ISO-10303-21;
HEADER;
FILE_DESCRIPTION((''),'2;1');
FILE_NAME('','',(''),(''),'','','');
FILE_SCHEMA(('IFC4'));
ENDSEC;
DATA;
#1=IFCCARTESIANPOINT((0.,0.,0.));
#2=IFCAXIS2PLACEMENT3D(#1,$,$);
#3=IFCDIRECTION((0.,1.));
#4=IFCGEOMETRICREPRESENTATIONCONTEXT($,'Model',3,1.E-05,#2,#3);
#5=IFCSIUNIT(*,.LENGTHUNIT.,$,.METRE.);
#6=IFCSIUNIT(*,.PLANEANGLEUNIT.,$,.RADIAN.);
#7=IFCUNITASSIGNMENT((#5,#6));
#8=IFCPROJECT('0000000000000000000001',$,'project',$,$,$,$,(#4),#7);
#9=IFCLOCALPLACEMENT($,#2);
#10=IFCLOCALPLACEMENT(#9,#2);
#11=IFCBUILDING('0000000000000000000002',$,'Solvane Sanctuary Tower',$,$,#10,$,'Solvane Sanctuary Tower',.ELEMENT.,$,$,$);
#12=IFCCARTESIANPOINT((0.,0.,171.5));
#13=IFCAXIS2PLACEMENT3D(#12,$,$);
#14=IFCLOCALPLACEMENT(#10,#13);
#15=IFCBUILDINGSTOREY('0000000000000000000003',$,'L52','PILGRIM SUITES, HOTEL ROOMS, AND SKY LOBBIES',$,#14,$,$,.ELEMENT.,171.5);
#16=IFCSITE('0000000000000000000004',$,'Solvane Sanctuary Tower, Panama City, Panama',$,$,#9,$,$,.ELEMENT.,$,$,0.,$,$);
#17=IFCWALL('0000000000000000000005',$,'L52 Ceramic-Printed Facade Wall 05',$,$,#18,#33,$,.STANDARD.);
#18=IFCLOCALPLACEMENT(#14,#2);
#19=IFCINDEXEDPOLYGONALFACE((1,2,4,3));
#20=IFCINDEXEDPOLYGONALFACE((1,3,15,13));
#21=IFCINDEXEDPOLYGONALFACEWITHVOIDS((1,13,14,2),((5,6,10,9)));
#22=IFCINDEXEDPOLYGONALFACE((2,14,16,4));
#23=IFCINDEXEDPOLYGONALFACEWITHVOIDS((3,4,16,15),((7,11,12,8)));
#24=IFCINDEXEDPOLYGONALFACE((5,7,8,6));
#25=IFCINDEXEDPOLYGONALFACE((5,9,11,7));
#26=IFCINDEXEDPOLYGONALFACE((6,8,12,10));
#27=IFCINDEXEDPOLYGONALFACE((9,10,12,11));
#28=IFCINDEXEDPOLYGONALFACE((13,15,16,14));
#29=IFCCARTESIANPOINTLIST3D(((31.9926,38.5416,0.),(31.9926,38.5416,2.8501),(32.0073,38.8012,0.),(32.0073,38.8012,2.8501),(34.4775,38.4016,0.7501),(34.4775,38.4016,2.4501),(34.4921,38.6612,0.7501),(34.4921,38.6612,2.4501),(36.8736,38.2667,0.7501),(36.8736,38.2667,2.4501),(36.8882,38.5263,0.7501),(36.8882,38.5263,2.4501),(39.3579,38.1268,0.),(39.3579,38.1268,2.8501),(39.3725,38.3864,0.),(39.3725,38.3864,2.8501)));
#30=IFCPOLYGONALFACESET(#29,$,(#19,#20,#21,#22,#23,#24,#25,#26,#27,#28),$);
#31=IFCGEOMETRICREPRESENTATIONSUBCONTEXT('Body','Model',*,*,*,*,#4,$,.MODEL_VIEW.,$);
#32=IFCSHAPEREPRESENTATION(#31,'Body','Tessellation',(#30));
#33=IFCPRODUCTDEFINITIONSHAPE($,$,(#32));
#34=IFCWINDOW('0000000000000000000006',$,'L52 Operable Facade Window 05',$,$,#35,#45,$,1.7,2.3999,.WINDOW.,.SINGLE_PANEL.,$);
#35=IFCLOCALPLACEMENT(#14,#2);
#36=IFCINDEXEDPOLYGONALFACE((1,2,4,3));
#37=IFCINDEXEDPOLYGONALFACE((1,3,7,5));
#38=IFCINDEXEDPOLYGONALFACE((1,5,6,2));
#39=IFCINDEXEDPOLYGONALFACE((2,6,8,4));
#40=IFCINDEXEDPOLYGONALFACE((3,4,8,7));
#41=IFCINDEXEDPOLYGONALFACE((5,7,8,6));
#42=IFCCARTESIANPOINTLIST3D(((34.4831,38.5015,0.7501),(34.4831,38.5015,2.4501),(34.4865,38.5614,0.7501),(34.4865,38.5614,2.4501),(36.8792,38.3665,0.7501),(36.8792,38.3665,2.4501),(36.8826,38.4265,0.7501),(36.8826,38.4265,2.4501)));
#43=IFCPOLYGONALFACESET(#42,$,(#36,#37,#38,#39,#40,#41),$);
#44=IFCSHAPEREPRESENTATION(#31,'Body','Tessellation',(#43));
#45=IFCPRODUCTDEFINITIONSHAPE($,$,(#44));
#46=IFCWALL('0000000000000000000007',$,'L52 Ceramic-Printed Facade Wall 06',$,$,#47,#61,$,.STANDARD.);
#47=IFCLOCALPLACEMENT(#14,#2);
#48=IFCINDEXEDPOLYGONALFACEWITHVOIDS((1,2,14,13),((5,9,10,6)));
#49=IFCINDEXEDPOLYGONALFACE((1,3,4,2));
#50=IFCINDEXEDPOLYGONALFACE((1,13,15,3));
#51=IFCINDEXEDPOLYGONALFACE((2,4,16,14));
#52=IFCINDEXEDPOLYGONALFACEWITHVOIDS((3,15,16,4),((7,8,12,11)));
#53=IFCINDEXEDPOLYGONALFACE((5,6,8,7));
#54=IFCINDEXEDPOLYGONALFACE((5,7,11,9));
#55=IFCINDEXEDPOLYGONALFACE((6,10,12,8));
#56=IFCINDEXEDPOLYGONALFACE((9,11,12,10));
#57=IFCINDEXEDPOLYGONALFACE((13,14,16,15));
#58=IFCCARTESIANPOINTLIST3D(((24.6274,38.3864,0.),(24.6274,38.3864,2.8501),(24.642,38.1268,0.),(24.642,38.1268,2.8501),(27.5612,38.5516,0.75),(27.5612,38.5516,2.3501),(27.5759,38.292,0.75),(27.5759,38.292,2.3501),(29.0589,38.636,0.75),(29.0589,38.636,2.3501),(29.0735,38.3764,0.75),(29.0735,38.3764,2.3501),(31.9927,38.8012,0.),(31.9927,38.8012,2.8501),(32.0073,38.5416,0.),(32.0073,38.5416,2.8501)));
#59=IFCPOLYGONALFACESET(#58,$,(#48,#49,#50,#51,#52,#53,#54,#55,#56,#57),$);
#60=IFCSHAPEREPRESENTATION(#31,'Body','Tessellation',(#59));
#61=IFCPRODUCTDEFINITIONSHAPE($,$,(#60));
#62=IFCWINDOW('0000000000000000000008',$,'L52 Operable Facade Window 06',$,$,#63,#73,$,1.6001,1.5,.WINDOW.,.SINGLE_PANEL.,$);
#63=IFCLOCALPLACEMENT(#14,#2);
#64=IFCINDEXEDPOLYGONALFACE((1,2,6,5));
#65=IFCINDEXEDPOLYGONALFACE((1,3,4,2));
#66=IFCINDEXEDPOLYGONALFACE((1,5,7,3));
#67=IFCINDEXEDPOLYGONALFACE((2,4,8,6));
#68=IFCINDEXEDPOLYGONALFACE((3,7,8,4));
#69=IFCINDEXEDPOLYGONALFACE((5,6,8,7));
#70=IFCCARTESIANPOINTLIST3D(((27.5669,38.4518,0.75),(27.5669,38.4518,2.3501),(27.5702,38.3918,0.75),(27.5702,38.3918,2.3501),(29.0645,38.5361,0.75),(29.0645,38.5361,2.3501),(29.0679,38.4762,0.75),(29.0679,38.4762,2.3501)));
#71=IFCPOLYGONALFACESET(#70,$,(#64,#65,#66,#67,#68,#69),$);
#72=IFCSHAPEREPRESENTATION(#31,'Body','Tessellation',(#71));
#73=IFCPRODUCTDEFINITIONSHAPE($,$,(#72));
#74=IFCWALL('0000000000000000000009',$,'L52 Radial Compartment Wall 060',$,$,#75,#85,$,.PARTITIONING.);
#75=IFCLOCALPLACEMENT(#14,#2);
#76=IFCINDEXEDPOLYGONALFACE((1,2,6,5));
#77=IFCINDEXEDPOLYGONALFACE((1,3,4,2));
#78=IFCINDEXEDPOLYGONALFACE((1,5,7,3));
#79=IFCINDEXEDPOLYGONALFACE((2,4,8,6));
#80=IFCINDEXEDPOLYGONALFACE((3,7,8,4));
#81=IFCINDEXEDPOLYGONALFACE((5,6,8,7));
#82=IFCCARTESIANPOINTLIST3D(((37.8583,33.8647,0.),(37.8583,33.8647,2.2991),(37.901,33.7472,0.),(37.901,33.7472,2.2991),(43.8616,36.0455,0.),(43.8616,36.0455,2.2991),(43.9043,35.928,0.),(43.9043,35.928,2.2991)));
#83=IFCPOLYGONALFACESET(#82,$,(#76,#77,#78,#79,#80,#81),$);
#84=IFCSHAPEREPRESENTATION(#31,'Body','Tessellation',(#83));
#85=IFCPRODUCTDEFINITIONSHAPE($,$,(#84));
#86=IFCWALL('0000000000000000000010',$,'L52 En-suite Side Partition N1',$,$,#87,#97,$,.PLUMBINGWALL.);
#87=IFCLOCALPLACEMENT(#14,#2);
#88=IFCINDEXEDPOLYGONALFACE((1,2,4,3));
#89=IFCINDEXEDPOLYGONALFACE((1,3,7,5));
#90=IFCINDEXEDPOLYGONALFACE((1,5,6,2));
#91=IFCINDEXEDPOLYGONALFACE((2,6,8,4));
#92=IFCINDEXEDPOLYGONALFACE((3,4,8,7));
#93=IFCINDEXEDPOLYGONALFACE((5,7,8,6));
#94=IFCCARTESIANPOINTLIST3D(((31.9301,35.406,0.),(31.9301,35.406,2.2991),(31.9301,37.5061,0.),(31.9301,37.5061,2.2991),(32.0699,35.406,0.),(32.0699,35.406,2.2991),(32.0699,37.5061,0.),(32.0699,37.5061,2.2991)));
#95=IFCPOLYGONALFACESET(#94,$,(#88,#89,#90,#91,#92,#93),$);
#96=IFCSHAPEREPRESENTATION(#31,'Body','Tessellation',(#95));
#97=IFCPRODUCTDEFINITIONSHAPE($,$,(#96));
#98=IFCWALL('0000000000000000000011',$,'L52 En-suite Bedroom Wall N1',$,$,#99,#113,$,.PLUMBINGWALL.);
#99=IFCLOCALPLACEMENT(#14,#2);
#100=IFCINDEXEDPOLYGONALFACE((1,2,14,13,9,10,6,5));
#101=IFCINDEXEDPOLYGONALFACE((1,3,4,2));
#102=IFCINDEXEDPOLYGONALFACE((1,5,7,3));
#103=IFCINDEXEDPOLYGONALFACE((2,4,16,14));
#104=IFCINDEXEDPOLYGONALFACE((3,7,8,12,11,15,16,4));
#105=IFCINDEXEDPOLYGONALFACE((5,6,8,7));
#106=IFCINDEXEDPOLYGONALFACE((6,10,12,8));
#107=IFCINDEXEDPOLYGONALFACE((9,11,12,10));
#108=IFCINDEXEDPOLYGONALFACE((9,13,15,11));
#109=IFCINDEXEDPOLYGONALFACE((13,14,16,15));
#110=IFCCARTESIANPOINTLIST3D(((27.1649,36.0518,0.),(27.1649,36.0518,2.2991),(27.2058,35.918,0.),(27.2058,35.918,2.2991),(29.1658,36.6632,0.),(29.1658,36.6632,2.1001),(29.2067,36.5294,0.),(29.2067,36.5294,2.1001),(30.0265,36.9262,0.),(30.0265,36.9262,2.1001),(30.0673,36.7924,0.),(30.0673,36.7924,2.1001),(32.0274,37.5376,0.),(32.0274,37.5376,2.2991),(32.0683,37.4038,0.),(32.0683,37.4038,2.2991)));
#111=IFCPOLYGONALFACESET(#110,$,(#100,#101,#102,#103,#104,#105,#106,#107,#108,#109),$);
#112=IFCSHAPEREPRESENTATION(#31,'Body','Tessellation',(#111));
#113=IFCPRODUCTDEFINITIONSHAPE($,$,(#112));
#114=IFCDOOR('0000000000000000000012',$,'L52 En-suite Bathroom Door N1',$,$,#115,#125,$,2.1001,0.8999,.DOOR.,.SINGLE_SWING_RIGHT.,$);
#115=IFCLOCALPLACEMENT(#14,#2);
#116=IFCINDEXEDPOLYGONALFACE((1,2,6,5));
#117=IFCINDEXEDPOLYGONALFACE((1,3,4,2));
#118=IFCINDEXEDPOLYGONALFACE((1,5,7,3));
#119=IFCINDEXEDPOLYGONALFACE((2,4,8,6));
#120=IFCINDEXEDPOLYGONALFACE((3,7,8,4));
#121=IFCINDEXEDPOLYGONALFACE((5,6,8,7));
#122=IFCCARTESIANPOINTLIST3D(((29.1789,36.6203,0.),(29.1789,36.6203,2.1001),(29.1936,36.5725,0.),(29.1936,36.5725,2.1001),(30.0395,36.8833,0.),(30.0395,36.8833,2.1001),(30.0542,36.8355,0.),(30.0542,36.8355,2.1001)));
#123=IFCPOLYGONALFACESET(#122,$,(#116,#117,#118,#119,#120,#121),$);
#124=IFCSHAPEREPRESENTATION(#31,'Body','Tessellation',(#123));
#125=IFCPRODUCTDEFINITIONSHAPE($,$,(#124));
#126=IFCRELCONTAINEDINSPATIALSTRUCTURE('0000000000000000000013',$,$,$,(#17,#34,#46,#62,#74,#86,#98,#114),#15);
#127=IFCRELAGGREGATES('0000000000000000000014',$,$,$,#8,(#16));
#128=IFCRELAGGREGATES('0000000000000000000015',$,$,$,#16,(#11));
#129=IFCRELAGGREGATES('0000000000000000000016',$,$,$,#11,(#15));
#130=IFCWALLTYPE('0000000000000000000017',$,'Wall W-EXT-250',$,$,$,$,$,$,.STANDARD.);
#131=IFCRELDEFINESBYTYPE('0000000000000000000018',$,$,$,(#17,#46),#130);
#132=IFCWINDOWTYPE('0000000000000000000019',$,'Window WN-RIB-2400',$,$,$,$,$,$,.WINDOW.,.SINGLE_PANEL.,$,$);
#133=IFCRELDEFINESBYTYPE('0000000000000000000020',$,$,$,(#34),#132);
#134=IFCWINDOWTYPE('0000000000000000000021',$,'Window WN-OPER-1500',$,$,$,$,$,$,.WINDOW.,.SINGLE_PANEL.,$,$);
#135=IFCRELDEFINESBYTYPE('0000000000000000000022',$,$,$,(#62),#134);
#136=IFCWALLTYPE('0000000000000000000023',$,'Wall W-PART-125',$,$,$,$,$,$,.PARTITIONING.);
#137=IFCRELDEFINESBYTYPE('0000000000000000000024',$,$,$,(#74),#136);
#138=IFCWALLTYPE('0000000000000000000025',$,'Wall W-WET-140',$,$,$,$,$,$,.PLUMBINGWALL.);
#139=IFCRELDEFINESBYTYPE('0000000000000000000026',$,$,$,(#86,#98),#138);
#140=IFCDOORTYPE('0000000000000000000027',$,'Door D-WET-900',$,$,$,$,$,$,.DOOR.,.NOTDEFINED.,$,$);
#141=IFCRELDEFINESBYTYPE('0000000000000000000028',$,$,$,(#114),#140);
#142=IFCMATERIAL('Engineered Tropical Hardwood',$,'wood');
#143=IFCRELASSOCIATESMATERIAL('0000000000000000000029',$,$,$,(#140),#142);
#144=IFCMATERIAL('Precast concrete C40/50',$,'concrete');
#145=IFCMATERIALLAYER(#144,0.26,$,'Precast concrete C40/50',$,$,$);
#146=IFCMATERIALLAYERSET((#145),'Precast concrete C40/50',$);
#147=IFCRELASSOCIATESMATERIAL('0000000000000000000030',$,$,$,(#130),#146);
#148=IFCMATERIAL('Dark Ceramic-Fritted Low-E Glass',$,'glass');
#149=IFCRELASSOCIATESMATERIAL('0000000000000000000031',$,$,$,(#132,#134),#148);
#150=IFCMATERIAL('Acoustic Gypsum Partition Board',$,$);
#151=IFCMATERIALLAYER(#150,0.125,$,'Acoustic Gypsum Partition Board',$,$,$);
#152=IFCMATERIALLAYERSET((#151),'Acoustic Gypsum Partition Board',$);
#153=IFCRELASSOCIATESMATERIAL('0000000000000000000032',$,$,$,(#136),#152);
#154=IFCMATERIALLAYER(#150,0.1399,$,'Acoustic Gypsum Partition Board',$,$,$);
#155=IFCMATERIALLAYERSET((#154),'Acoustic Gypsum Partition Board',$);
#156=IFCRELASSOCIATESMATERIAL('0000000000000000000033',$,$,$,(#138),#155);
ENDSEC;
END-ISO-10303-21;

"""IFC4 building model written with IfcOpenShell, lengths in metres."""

from ifc_helpers import new_model, si_unit, direction, frame, frame_2d, origin, place, context, subcontext, project, spatial, rectangle, extrude, material, layer, layer_set, type_object, element, fill, save


model = new_model("IFC4")

# Units and contexts
model_context = context("Model", 3, precision=1e-05, world=origin(), true_north=direction((0.0, 1.0)))
body_context = subcontext(model_context, "Body", "Model", "MODEL_VIEW")
ifc_project = project(units=[si_unit("LENGTHUNIT", "METRE"), si_unit("PLANEANGLEUNIT", "RADIAN")], contexts=[model_context])

# Site, building, storey
site_placement = place(None, origin())
site = spatial("IfcSite", under=ifc_project, at=site_placement, Name="Solvane Sanctuary Tower, Panama City, Panama", CompositionType="ELEMENT", RefElevation=0.0)
building_placement = place(site_placement, origin())
building = spatial("IfcBuilding", under=site, at=building_placement, Name="Solvane Sanctuary Tower", LongName="Solvane Sanctuary Tower", CompositionType="ELEMENT")
storey_placement = place(building_placement, frame((0.0, 0.0, 171.5)))
storey = spatial("IfcBuildingStorey", under=building, at=storey_placement, Name="L52", Description="PILGRIM SUITES, HOTEL ROOMS, AND SKY LOBBIES", CompositionType="ELEMENT", Elevation=171.5)

# Shared definitions
ifc_material_1 = material(Name="Acoustic Gypsum Partition Board")

# Shared definitions
ifc_material_2 = material(Name="Engineered Tropical Hardwood", Category="wood")
door_type_1 = type_object("IfcDoorType", Name="Door D-WET-900", OperationType="NOTDEFINED", PredefinedType="DOOR", material=ifc_material_2)

# Walls, openings, windows
ifc_material_3 = material(Name="Precast concrete C40/50", Category="concrete")
ifc_layer_1 = layer(ifc_material_3, 0.26, Name="Precast concrete C40/50")
ifc_layer_set_1 = layer_set([ifc_layer_1], Name="Precast concrete C40/50")
wall_type_1 = type_object("IfcWallType", Name="Wall W-EXT-250", PredefinedType="STANDARD", material=ifc_layer_set_1)
wall_1_placement = place(storey_placement, frame((39.3652, 38.2566, 0.0), z_axis=(0.0, 0.0, 1.0), x_axis=(-0.998418, 0.056229, 0.0)))
wall_1 = element("IfcWall", 1, at=wall_1_placement, inside=storey, type_object=wall_type_1, Name="L52 Ceramic-Printed Facade Wall 05", PredefinedType="STANDARD", context=body_context, shape_type="SweptSolid", body=[
    extrude(rectangle(XDim=7.377, YDim=0.26, at=frame_2d((3.6885, 0.0))), origin(), (0.0, 0.0, 1.0), 2.8501),
])
opening_1_placement = place(wall_1_placement, frame((2.4883, 0.0, 0.75)))
opening_1 = element("IfcOpeningElement", 2, at=opening_1_placement, cuts=wall_1, PredefinedType="OPENING", context=body_context, shape_type="SweptSolid", body=[
    extrude(rectangle(XDim=2.3999, YDim=1.7, at=frame_2d((1.2, 0.8501))), frame((0.0, 0.1399, 0.0), z_axis=(0.0, -1.0, 0.0), x_axis=(1.0, 0.0, 0.0)), (0.0, 0.0, 1.0), 0.28),
])
ifc_material_4 = material(Name="Dark Ceramic-Fritted Low-E Glass", Category="glass")
window_type_1 = type_object("IfcWindowType", Name="Window WN-RIB-2400", PartitioningType="SINGLE_PANEL", PredefinedType="WINDOW", material=ifc_material_4)
window_1_placement = place(opening_1_placement, origin())
window_1 = element("IfcWindow", 3, at=window_1_placement, inside=storey, type_object=window_type_1, Name="L52 Operable Facade Window 05", OverallHeight=1.7, OverallWidth=2.3999, PartitioningType="SINGLE_PANEL", PredefinedType="WINDOW", context=body_context, shape_type="SweptSolid", body=[
    extrude(rectangle(XDim=2.3999, YDim=1.7, at=frame_2d((1.2, 0.8501))), frame((0.0, 0.03, 0.0), z_axis=(0.0, -1.0, 0.0), x_axis=(1.0, 0.0, 0.0)), (0.0, 0.0, 1.0), 0.0601),
])
fill(opening_1, window_1)
wall_2_placement = place(storey_placement, frame((32.0, 38.6714, 0.0), z_axis=(0.0, 0.0, 1.0), x_axis=(-0.998418, -0.056229, 0.0)))
wall_2 = element("IfcWall", 4, at=wall_2_placement, inside=storey, type_object=wall_type_1, Name="L52 Ceramic-Printed Facade Wall 06", PredefinedType="STANDARD", context=body_context, shape_type="SweptSolid", body=[
    extrude(rectangle(XDim=7.377, YDim=0.26, at=frame_2d((3.6885, 0.0))), origin(), (0.0, 0.0, 1.0), 2.8501),
])
opening_2_placement = place(wall_2_placement, frame((2.9385, 0.0, 0.75)))
opening_2 = element("IfcOpeningElement", 5, at=opening_2_placement, cuts=wall_2, PredefinedType="OPENING", context=body_context, shape_type="SweptSolid", body=[
    extrude(rectangle(XDim=1.5, YDim=1.6001, at=frame_2d((0.75, 0.8))), frame((0.0, 0.1399, 0.0), z_axis=(0.0, -1.0, 0.0), x_axis=(1.0, 0.0, 0.0)), (0.0, 0.0, 1.0), 0.28),
])
window_type_2 = type_object("IfcWindowType", Name="Window WN-OPER-1500", PartitioningType="SINGLE_PANEL", PredefinedType="WINDOW", material=ifc_material_4)
window_2_placement = place(opening_2_placement, origin())
window_2 = element("IfcWindow", 6, at=window_2_placement, inside=storey, type_object=window_type_2, Name="L52 Operable Facade Window 06", OverallHeight=1.6001, OverallWidth=1.5, PartitioningType="SINGLE_PANEL", PredefinedType="WINDOW", context=body_context, shape_type="SweptSolid", body=[
    extrude(rectangle(XDim=1.5, YDim=1.6001, at=frame_2d((0.75, 0.8))), frame((0.0, 0.03, 0.0), z_axis=(0.0, -1.0, 0.0), x_axis=(1.0, 0.0, 0.0)), (0.0, 0.0, 1.0), 0.0601),
])
fill(opening_2, window_2)

# Walls
ifc_layer_2 = layer(ifc_material_1, 0.125, Name="Acoustic Gypsum Partition Board")
ifc_layer_set_2 = layer_set([ifc_layer_2], Name="Acoustic Gypsum Partition Board")
wall_type_2 = type_object("IfcWallType", Name="Wall W-PART-125", PredefinedType="PARTITIONING", material=ifc_layer_set_2)
wall_3_placement = place(storey_placement, frame((37.8796, 33.8059, 0.0), z_axis=(0.0, 0.0, 1.0), x_axis=(0.939902, 0.341445, 0.0)))
element("IfcWall", 7, at=wall_3_placement, inside=storey, type_object=wall_type_2, Name="L52 Radial Compartment Wall 060", PredefinedType="PARTITIONING", context=body_context, shape_type="SweptSolid", body=[
    extrude(rectangle(XDim=6.3872, YDim=0.125, at=frame_2d((3.1936, 0.0))), origin(), (0.0, 0.0, 1.0), 2.2991),
])
ifc_layer_3 = layer(ifc_material_1, 0.1399, Name="Acoustic Gypsum Partition Board")
ifc_layer_set_3 = layer_set([ifc_layer_3], Name="Acoustic Gypsum Partition Board")
wall_type_3 = type_object("IfcWallType", Name="Wall W-WET-140", PredefinedType="PLUMBINGWALL", material=ifc_layer_set_3)
wall_4_placement = place(storey_placement, frame((32.0, 35.406, 0.0), z_axis=(0.0, 0.0, 1.0), x_axis=(0.0, 1.0, 0.0)))
element("IfcWall", 8, at=wall_4_placement, inside=storey, type_object=wall_type_3, Name="L52 En-suite Side Partition N1", PredefinedType="PLUMBINGWALL", context=body_context, shape_type="SweptSolid", body=[
    extrude(rectangle(XDim=2.1001, YDim=0.1399, at=frame_2d((1.05, 0.0))), origin(), (0.0, 0.0, 1.0), 2.2991),
])

# Wall, opening, door
wall_5_placement = place(storey_placement, frame((32.0479, 37.4707, 0.0), z_axis=(0.0, 0.0, 1.0), x_axis=(-0.956348, -0.29223, 0.0)))
wall_5 = element("IfcWall", 9, at=wall_5_placement, inside=storey, type_object=wall_type_3, Name="L52 En-suite Bedroom Wall N1", PredefinedType="PLUMBINGWALL", context=body_context, shape_type="SweptSolid", body=[
    extrude(rectangle(XDim=5.0845, YDim=0.1399, at=frame_2d((2.5422, 0.0))), origin(), (0.0, 0.0, 1.0), 2.2991),
])
opening_3_placement = place(wall_5_placement, frame((2.0923, 0.0, 0.0)))
opening_3 = element("IfcOpeningElement", 10, at=opening_3_placement, cuts=wall_5, PredefinedType="OPENING", context=body_context, shape_type="SweptSolid", body=[
    extrude(rectangle(XDim=0.8999, YDim=2.1001, at=frame_2d((0.45, 1.05))), frame((0.0, 0.0798, 0.0), z_axis=(0.0, -1.0, 0.0), x_axis=(1.0, 0.0, 0.0)), (0.0, 0.0, 1.0), 0.1599),
])
door_1_placement = place(opening_3_placement, origin())
door_1 = element("IfcDoor", 11, at=door_1_placement, inside=storey, type_object=door_type_1, Name="L52 En-suite Bathroom Door N1", OperationType="SINGLE_SWING_RIGHT", OverallHeight=2.1001, OverallWidth=0.8999, PredefinedType="DOOR", context=body_context, shape_type="SweptSolid", body=[
    extrude(rectangle(XDim=0.8999, YDim=2.1001, at=frame_2d((0.45, 1.05))), frame((0.0, 0.0249, 0.0), z_axis=(0.0, -1.0, 0.0), x_axis=(1.0, 0.0, 0.0)), (0.0, 0.0, 1.0), 0.05),
])
fill(opening_3, door_1)

save(model, "model.ifc")
